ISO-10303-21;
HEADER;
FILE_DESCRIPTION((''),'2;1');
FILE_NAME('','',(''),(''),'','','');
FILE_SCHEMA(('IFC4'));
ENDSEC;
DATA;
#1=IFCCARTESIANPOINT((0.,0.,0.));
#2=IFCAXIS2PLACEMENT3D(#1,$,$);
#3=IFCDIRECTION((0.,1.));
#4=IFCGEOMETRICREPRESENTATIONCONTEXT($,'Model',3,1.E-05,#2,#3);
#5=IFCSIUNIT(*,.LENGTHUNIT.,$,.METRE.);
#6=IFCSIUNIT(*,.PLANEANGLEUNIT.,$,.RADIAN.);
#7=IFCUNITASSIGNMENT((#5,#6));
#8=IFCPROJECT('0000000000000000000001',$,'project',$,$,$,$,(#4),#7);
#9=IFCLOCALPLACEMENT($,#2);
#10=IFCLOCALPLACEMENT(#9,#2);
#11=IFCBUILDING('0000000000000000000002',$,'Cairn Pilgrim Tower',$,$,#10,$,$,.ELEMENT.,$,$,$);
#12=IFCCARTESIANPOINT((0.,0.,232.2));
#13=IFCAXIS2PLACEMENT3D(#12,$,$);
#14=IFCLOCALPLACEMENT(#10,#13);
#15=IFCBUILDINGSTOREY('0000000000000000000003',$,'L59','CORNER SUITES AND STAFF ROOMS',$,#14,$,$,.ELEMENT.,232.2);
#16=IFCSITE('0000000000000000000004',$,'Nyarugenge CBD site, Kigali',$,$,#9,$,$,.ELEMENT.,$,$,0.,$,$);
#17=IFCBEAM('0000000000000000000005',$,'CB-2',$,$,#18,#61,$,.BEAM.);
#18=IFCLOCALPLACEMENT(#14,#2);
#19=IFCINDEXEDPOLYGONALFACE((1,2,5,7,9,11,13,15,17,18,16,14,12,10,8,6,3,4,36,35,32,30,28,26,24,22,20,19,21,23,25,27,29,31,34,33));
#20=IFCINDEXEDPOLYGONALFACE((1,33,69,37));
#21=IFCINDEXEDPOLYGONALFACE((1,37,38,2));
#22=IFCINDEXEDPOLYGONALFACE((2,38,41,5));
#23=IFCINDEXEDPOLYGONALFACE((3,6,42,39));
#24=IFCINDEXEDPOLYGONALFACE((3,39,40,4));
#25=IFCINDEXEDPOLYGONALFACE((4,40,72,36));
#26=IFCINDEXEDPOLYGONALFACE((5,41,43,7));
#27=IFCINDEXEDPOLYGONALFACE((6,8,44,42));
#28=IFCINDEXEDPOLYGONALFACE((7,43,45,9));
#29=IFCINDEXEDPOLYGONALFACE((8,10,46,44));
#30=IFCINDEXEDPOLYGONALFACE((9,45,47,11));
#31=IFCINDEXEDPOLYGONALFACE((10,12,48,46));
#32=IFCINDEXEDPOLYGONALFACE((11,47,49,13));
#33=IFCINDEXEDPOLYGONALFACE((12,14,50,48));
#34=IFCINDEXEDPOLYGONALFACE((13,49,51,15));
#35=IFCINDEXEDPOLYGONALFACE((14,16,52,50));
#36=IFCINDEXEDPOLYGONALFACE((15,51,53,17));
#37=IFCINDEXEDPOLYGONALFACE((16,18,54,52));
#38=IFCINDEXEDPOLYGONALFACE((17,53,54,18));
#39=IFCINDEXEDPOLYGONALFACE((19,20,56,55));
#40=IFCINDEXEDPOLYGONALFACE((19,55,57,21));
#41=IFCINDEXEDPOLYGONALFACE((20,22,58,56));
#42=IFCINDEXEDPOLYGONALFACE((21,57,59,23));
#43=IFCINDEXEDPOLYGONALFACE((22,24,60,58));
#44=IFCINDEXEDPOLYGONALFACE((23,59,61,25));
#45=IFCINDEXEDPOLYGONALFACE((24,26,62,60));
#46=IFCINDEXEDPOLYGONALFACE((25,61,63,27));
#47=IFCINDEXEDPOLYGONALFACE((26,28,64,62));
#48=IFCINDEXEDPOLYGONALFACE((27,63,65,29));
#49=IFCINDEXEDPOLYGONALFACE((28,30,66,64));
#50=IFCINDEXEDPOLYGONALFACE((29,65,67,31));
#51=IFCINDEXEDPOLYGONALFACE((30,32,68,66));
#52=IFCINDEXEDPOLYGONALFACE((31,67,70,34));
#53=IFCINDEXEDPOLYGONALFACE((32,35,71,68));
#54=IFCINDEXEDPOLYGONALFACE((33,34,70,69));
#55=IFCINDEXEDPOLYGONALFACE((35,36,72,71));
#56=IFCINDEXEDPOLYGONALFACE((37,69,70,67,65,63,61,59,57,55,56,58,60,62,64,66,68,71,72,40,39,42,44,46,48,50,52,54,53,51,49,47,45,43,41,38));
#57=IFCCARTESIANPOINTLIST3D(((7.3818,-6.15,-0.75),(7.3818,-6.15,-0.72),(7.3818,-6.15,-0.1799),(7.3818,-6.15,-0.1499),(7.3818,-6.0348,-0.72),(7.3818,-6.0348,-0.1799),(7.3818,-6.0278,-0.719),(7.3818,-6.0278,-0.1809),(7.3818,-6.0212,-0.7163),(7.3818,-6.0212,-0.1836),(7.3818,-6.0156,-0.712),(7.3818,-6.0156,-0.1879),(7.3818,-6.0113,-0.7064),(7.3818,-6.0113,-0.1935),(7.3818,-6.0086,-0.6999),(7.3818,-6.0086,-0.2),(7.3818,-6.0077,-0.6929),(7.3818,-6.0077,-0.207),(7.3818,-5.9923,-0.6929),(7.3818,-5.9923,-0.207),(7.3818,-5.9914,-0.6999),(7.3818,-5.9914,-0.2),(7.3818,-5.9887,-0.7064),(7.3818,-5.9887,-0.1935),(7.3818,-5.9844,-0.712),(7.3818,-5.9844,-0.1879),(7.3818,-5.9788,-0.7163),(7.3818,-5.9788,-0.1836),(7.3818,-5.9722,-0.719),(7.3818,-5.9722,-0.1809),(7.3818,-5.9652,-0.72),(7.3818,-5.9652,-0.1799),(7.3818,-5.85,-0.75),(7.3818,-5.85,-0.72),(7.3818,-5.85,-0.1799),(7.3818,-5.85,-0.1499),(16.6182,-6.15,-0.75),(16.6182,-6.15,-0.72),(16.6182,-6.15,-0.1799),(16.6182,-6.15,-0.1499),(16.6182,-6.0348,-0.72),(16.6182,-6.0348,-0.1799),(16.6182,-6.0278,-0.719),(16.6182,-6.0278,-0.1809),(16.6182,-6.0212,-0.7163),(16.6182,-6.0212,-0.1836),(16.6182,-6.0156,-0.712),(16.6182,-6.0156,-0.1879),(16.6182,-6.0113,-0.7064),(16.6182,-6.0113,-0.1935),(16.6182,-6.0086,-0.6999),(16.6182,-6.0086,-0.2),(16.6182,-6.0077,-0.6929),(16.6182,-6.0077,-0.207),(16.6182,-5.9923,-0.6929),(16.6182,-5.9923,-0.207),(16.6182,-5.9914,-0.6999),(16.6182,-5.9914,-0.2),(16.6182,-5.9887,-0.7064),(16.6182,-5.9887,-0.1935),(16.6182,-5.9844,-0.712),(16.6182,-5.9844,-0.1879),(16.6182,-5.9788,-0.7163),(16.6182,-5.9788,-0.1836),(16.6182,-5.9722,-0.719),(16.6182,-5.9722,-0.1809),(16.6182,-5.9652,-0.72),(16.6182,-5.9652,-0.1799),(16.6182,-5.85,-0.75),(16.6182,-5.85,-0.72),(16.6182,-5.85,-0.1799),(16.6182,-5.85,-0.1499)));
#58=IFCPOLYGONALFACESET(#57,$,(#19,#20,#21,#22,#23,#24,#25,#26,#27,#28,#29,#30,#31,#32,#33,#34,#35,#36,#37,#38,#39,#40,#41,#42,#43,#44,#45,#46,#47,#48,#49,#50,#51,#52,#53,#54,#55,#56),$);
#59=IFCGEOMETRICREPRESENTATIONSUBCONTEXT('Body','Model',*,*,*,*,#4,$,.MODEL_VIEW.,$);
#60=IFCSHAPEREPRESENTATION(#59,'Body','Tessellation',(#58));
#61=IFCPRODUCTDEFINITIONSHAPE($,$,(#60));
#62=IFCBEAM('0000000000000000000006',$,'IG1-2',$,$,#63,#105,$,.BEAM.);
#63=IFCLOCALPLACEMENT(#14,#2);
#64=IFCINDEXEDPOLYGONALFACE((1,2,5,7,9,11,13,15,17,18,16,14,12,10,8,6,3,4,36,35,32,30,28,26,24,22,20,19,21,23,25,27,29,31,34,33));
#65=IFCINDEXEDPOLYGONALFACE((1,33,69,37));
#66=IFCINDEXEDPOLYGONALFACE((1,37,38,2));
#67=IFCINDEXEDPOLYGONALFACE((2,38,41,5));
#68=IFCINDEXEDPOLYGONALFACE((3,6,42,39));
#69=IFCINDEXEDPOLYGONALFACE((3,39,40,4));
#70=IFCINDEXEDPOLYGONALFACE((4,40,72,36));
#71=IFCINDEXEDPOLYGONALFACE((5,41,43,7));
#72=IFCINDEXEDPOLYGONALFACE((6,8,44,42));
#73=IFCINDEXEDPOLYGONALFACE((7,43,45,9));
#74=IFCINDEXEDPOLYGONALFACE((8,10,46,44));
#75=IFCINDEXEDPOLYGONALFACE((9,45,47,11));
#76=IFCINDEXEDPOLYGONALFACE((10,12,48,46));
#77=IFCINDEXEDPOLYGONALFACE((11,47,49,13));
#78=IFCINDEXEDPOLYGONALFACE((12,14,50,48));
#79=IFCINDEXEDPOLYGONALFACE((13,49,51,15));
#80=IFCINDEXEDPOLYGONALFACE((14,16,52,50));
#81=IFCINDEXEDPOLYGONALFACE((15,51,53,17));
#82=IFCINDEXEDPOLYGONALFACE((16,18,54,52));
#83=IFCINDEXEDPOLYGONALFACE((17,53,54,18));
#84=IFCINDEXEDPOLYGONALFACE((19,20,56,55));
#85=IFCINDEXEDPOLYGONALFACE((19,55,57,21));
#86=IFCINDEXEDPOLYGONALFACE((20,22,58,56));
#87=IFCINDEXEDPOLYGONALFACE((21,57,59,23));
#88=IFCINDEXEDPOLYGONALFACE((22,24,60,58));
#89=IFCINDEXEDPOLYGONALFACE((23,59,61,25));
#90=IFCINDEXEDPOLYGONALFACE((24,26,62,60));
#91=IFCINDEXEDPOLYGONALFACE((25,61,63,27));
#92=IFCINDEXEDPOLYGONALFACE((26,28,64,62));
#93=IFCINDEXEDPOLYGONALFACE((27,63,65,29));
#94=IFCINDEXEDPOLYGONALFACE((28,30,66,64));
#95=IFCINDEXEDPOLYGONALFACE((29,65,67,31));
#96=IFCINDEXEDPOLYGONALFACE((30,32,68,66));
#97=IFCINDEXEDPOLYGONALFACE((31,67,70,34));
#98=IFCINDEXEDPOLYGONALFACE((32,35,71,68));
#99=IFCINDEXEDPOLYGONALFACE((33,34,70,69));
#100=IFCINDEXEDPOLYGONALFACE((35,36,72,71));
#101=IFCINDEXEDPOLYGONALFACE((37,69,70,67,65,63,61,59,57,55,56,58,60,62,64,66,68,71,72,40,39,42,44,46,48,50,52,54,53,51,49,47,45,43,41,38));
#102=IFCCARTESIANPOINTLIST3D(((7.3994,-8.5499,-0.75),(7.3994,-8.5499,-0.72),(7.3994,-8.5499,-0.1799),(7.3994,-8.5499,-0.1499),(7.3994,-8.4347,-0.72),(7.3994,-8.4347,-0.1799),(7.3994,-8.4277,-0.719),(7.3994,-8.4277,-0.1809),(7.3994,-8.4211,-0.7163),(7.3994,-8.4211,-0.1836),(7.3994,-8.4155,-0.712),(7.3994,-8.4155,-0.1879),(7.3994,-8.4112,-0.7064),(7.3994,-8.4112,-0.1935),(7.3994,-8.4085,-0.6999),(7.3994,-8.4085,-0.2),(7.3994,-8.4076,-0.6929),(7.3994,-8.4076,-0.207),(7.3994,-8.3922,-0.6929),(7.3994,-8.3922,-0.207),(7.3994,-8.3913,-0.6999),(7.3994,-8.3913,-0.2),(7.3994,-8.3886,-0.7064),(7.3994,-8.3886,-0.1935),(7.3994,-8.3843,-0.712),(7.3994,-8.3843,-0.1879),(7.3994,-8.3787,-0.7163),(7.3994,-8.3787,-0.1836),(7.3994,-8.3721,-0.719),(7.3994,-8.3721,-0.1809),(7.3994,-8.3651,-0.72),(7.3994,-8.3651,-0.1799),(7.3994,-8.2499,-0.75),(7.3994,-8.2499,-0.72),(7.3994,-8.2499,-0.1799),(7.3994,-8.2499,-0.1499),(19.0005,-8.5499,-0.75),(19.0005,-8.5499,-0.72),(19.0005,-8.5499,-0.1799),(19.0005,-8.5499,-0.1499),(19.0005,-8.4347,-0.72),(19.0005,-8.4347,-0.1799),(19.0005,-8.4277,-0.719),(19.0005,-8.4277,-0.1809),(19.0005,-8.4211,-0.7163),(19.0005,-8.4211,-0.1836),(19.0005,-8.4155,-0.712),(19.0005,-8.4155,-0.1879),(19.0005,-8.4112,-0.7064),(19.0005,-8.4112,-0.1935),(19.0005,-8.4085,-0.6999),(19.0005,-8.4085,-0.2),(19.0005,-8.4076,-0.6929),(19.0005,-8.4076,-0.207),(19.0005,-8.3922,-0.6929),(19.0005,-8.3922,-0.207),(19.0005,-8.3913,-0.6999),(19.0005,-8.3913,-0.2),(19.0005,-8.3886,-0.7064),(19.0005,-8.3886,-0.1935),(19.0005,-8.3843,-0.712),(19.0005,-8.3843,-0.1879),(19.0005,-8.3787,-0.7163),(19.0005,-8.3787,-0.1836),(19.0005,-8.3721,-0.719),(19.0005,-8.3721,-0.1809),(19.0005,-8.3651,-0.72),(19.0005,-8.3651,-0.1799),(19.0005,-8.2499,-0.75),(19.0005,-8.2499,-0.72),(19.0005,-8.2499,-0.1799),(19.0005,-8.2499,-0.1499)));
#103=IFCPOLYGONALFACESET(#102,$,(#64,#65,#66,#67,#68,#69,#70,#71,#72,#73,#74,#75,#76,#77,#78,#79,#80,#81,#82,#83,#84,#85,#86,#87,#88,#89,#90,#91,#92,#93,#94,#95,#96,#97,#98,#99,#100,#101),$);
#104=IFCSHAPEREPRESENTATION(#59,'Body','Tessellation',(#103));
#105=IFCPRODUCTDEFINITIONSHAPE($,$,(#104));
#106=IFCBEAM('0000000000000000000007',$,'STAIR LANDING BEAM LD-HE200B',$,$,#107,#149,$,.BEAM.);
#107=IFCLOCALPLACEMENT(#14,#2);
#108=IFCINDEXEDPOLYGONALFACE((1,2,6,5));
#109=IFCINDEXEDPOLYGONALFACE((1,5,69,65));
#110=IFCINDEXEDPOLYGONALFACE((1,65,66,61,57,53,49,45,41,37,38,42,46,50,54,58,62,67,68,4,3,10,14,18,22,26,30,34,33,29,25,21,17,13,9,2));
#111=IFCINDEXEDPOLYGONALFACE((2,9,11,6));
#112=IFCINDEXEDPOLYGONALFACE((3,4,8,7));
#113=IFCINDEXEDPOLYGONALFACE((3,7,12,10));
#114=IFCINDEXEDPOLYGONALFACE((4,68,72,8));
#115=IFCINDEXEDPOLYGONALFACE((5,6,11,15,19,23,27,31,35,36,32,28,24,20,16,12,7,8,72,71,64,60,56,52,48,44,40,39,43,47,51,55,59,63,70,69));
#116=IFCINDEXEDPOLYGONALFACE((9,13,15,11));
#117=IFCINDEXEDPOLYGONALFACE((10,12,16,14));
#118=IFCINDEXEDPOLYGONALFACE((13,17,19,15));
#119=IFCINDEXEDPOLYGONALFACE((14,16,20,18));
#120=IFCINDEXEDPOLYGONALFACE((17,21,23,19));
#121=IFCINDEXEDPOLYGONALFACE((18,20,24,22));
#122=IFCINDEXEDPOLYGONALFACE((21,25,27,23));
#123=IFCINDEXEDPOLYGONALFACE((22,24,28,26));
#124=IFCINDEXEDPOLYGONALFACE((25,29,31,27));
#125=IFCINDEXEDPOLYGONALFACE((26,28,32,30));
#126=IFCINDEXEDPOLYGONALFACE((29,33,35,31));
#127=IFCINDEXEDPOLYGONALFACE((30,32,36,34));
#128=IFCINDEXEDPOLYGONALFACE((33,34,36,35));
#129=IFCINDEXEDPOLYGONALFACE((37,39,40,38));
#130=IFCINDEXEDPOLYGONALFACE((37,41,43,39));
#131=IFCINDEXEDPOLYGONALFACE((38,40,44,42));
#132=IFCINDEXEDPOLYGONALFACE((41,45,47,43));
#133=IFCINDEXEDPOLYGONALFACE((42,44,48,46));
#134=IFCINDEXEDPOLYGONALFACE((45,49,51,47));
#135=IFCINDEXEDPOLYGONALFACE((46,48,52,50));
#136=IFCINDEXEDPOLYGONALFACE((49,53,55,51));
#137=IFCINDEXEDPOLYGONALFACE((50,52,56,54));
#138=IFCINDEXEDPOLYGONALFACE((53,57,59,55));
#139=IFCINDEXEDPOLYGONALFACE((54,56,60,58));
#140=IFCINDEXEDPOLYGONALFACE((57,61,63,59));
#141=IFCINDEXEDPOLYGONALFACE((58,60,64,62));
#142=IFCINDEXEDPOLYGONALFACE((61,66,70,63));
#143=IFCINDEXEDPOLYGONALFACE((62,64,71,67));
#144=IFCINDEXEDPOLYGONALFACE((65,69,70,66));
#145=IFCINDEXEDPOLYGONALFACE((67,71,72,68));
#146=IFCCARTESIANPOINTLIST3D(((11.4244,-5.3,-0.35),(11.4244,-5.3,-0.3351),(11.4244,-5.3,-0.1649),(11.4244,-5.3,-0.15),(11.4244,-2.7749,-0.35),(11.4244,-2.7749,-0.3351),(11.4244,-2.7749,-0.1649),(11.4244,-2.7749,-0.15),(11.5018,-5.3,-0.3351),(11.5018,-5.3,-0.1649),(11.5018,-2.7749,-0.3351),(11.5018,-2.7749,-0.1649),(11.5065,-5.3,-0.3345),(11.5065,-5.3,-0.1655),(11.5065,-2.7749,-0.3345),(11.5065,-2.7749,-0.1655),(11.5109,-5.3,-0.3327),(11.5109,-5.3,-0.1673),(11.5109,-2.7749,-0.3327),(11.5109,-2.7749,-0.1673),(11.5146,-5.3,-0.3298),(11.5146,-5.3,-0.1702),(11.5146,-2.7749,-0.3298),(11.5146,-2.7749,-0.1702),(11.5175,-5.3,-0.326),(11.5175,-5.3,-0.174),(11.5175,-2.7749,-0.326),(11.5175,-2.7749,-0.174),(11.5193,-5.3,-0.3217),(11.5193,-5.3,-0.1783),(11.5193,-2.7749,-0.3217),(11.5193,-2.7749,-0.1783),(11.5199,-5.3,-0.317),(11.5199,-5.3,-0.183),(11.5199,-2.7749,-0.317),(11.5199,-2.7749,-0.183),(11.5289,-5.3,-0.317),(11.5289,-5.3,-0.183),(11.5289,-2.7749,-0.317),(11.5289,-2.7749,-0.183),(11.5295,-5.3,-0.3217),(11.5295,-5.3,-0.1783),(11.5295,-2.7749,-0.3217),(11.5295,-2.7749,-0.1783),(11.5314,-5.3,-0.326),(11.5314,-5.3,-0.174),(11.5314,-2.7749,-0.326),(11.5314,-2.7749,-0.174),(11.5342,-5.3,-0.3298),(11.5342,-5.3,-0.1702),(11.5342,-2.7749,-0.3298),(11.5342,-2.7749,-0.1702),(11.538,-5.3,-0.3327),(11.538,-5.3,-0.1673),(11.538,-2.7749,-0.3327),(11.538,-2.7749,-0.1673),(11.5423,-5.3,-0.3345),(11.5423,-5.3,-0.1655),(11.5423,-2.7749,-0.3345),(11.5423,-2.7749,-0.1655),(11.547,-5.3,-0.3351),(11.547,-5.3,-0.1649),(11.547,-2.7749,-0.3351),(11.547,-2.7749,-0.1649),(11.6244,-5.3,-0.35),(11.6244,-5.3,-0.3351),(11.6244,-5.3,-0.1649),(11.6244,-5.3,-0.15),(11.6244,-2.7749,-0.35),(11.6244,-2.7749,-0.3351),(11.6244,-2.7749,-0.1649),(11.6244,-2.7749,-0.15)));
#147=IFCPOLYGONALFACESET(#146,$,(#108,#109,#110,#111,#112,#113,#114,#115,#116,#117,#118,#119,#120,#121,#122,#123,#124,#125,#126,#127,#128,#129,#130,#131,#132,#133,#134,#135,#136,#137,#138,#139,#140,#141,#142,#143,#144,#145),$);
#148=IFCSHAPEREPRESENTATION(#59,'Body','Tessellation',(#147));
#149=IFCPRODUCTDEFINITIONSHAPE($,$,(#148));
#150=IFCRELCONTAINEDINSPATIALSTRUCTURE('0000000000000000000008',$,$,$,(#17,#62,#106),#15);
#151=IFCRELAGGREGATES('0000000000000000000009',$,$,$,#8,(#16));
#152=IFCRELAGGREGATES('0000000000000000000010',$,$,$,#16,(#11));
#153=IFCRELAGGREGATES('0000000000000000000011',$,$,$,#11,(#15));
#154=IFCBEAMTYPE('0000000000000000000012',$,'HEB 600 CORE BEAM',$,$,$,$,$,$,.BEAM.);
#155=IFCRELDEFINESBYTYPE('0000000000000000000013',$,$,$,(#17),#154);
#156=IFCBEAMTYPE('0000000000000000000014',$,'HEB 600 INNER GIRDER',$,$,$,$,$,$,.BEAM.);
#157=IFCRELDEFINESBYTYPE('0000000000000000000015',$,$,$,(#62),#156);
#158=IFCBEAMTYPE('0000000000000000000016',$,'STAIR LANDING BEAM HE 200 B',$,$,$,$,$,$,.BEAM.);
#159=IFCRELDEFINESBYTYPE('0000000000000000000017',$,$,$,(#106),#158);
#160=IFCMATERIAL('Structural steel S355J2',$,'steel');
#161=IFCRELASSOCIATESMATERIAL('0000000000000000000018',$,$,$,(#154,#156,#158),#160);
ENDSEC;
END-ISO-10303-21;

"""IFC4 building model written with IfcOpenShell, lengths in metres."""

from ifc_helpers import new_model, si_unit, direction, frame, origin, origin_2d, place, context, subcontext, project, spatial, i_section, extrude, material, material_profile, profile_set, type_object, element, save


model = new_model("IFC4")

# Units and contexts
model_context = context("Model", 3, precision=1e-05, world=origin(), true_north=direction((0.0, 1.0)))
body_context = subcontext(model_context, "Body", "Model", "MODEL_VIEW")
ifc_project = project(units=[si_unit("LENGTHUNIT", "METRE"), si_unit("PLANEANGLEUNIT", "RADIAN")], contexts=[model_context])

# Site, building, storey
site_placement = place(None, origin())
site = spatial("IfcSite", under=ifc_project, at=site_placement, Name="Nyarugenge CBD site, Kigali", CompositionType="ELEMENT", RefElevation=0.0)
building_placement = place(site_placement, origin())
building = spatial("IfcBuilding", under=site, at=building_placement, Name="Cairn Pilgrim Tower", CompositionType="ELEMENT")
storey_placement = place(building_placement, frame((0.0, 0.0, 232.2)))
storey = spatial("IfcBuildingStorey", under=building, at=storey_placement, Name="L59", Description="CORNER SUITES AND STAFF ROOMS", CompositionType="ELEMENT", Elevation=232.2)

# Shared definitions
ifc_material_1 = material(Name="Structural steel S355J2", Category="steel")

# Beams
ifc_material_profile_1 = material_profile(ifc_material_1, i_section(OverallWidth=0.3, OverallDepth=0.6001, WebThickness=0.0154, FlangeThickness=0.03, FilletRadius=0.0271, at=origin_2d()), Name="HEB 600")
ifc_profile_set_1 = profile_set([ifc_material_profile_1], Name="Structural steel S355J2")
beam_type_1 = type_object("IfcBeamType", Name="HEB 600 CORE BEAM", PredefinedType="BEAM", material=ifc_profile_set_1)
beam_1_placement = place(storey_placement, frame((7.3818, -6.0, -0.45), z_axis=(1.0, 0.0, 0.0), x_axis=(0.0, 1.0, 0.0)))
element("IfcBeam", 1, at=beam_1_placement, inside=storey, type_object=beam_type_1, Name="CB-2", PredefinedType="BEAM", context=body_context, shape_type="SweptSolid", body=[
    extrude(i_section(OverallWidth=0.3, OverallDepth=0.6001, WebThickness=0.0154, FlangeThickness=0.03, FilletRadius=0.0271, at=origin_2d()), origin(), (0.0, 0.0, 1.0), 9.2363),
])
ifc_material_profile_2 = material_profile(ifc_material_1, i_section(OverallWidth=0.3, OverallDepth=0.6001, WebThickness=0.0154, FlangeThickness=0.03, FilletRadius=0.0271, at=origin_2d()), Name="HEB 600")
ifc_profile_set_2 = profile_set([ifc_material_profile_2], Name="Structural steel S355J2")
beam_type_2 = type_object("IfcBeamType", Name="HEB 600 INNER GIRDER", PredefinedType="BEAM", material=ifc_profile_set_2)
beam_2_placement = place(storey_placement, frame((7.3994, -8.3999, -0.45), z_axis=(1.0, 0.0, 0.0), x_axis=(0.0, 1.0, 0.0)))
element("IfcBeam", 2, at=beam_2_placement, inside=storey, type_object=beam_type_2, Name="IG1-2", PredefinedType="BEAM", context=body_context, shape_type="SweptSolid", body=[
    extrude(i_section(OverallWidth=0.3, OverallDepth=0.6001, WebThickness=0.0154, FlangeThickness=0.03, FilletRadius=0.0271, at=origin_2d()), origin(), (0.0, 0.0, 1.0), 11.6011),
])
ifc_material_profile_3 = material_profile(ifc_material_1, i_section(OverallWidth=0.2, OverallDepth=0.2, WebThickness=0.009, FlangeThickness=0.0149, FilletRadius=0.0181, at=origin_2d()), Name="HE 200 B")
ifc_profile_set_3 = profile_set([ifc_material_profile_3], Name="Structural steel S355J2")
beam_type_3 = type_object("IfcBeamType", Name="STAIR LANDING BEAM HE 200 B", PredefinedType="BEAM", material=ifc_profile_set_3)
beam_3_placement = place(storey_placement, frame((11.5244, -2.7749, -0.25), z_axis=(0.0, -1.0, 0.0), x_axis=(1.0, 0.0, 0.0)))
element("IfcBeam", 3, at=beam_3_placement, inside=storey, type_object=beam_type_3, Name="STAIR LANDING BEAM LD-HE200B", PredefinedType="BEAM", context=body_context, shape_type="SweptSolid", body=[
    extrude(i_section(OverallWidth=0.2, OverallDepth=0.2, WebThickness=0.009, FlangeThickness=0.0149, FilletRadius=0.0181, at=origin_2d()), origin(), (0.0, 0.0, 1.0), 2.5251),
])

save(model, "model.ifc")
